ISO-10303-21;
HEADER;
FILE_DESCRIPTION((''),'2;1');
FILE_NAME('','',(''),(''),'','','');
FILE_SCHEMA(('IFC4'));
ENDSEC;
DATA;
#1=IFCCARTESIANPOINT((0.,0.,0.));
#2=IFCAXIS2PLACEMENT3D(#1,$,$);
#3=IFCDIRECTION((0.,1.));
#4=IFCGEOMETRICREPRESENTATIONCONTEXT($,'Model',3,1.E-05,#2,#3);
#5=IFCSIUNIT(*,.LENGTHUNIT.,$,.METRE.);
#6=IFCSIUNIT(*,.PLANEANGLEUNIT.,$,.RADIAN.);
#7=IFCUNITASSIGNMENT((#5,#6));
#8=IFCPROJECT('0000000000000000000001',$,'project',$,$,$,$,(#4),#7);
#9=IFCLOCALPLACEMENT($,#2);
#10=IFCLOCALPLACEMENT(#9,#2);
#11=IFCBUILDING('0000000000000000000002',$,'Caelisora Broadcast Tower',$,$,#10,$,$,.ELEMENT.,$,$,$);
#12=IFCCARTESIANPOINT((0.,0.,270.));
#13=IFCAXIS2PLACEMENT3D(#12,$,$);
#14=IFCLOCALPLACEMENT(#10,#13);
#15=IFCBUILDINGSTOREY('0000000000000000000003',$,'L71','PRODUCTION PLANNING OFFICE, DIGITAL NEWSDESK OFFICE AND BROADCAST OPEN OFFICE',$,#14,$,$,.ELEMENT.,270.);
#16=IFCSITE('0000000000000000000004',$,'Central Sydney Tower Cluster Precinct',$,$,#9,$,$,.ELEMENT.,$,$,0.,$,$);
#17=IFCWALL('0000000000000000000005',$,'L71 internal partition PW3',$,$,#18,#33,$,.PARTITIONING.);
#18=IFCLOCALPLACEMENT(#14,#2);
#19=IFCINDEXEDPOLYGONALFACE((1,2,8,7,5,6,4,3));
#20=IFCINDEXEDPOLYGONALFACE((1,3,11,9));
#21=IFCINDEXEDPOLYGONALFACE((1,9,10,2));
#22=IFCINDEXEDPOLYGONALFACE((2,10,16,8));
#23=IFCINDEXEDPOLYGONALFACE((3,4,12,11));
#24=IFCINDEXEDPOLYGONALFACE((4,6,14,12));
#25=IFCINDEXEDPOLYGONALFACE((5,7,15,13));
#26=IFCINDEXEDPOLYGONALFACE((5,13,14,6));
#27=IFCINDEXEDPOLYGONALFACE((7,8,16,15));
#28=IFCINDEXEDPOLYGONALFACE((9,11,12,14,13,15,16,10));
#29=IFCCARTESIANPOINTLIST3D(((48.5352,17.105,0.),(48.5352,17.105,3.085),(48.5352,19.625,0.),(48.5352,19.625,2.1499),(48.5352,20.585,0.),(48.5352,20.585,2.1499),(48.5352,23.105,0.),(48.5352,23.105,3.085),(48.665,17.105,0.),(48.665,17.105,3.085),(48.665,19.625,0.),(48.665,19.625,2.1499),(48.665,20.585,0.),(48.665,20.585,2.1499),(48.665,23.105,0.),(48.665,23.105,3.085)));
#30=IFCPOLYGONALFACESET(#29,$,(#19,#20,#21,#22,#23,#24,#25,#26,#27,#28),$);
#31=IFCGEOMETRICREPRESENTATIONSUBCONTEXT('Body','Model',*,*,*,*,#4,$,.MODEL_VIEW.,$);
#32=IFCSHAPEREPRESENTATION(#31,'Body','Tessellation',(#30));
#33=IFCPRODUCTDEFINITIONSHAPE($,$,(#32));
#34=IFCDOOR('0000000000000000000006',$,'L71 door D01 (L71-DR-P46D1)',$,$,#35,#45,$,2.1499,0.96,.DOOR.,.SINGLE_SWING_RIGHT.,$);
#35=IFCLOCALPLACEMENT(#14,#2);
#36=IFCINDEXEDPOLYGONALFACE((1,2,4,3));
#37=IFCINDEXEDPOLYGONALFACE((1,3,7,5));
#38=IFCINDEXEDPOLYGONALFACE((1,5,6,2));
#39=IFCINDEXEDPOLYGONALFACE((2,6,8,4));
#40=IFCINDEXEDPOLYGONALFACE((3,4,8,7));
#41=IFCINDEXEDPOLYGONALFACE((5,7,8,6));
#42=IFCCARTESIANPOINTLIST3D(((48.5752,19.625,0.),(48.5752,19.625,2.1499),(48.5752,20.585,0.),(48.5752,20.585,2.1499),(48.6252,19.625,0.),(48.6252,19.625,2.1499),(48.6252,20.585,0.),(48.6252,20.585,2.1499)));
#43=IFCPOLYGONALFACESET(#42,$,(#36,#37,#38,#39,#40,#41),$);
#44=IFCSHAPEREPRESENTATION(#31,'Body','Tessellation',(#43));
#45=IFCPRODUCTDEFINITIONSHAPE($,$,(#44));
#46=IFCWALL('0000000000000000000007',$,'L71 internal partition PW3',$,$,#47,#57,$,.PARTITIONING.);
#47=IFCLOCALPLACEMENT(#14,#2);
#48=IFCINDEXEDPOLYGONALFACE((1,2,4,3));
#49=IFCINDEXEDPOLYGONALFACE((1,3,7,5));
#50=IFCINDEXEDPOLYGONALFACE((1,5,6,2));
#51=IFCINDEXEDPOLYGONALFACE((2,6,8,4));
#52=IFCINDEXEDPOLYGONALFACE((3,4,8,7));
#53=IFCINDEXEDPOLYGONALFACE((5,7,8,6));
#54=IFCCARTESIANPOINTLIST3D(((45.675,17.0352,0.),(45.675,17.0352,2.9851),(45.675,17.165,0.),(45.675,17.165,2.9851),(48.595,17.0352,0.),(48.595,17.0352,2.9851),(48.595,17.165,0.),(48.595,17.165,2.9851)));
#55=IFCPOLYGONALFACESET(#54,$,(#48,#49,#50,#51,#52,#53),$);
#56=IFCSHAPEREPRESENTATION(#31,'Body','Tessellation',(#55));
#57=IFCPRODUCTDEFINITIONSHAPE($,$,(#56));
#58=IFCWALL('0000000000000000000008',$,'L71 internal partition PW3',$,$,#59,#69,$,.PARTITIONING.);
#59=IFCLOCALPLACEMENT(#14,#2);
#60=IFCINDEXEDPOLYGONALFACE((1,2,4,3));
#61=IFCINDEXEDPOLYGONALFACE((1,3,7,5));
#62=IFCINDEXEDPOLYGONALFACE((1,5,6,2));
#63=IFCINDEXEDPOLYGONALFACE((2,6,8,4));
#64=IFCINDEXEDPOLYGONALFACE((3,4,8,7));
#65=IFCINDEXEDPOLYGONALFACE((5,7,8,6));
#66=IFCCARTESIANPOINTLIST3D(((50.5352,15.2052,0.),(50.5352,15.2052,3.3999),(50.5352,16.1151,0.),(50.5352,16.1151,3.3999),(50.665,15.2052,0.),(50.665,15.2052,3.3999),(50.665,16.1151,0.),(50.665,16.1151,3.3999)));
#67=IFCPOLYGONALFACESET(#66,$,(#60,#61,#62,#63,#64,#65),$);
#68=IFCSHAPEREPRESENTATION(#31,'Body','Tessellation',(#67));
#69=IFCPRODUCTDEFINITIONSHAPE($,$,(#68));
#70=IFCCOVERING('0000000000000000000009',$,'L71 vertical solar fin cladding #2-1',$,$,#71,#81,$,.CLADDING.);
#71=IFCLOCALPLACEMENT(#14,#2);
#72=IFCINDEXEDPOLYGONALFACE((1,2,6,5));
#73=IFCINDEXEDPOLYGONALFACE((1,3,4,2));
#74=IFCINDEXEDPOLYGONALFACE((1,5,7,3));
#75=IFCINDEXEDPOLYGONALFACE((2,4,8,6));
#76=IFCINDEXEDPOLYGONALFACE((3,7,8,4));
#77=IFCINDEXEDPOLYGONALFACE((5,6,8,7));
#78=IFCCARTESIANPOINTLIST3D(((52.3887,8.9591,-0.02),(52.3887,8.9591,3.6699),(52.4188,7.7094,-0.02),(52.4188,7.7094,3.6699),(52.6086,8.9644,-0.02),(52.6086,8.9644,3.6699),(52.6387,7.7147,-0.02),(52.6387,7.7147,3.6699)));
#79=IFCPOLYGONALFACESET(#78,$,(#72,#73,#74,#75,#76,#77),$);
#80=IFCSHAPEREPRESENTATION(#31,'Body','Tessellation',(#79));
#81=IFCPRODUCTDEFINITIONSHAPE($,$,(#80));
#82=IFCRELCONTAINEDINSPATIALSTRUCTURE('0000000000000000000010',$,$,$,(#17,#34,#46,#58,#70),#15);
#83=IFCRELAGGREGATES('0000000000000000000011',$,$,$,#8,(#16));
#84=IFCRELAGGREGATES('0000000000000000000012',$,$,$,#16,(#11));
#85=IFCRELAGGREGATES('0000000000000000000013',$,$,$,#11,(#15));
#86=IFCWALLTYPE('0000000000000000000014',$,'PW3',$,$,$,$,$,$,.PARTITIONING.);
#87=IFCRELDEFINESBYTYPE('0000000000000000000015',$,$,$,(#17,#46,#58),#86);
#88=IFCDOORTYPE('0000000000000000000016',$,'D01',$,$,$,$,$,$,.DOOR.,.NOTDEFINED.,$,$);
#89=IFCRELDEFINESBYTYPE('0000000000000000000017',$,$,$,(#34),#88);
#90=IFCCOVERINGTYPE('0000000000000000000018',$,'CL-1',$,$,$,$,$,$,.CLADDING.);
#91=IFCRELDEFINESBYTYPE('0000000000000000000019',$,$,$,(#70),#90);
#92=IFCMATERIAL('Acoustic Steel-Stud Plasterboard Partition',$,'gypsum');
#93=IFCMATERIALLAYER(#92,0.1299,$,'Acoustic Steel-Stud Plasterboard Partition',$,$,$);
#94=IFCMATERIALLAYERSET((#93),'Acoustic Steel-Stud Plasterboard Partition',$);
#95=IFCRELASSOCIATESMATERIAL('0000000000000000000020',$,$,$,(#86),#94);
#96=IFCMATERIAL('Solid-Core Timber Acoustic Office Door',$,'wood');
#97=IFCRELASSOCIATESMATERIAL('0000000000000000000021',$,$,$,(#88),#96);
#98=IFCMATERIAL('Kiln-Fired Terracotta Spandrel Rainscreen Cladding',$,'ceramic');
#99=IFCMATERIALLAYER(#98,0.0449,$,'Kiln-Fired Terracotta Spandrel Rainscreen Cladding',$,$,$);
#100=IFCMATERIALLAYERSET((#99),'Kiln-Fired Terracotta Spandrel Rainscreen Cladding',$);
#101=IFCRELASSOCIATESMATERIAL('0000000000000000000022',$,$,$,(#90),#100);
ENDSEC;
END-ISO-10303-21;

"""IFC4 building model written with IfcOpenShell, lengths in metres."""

from ifc_helpers import new_model, si_unit, direction, frame, frame_2d, origin, origin_2d, place, context, subcontext, project, spatial, rectangle, extrude, source, transform, mapped, material, layer, layer_set, type_object, type_shapes, element, fill, save


model = new_model("IFC4")

# Units and contexts
model_context = context("Model", 3, precision=1e-05, world=origin(), true_north=direction((0.0, 1.0)))
body_context = subcontext(model_context, "Body", "Model", "MODEL_VIEW")
ifc_project = project(units=[si_unit("LENGTHUNIT", "METRE"), si_unit("PLANEANGLEUNIT", "RADIAN")], contexts=[model_context])

# Site, building, storey
site_placement = place(None, origin())
site = spatial("IfcSite", under=ifc_project, at=site_placement, Name="Central Sydney Tower Cluster Precinct", CompositionType="ELEMENT", RefElevation=0.0)
building_placement = place(site_placement, origin())
building = spatial("IfcBuilding", under=site, at=building_placement, Name="Caelisora Broadcast Tower", CompositionType="ELEMENT")
storey_placement = place(building_placement, frame((0.0, 0.0, 270.0)))
storey = spatial("IfcBuildingStorey", under=building, at=storey_placement, Name="L71", Description="PRODUCTION PLANNING OFFICE, DIGITAL NEWSDESK OFFICE AND BROADCAST OPEN OFFICE", CompositionType="ELEMENT", Elevation=270.0)

# Shared definitions
ifc_material_1 = material(Name="Acoustic Steel-Stud Plasterboard Partition", Category="gypsum")
ifc_layer_1 = layer(ifc_material_1, 0.1299, Name="Acoustic Steel-Stud Plasterboard Partition")
ifc_layer_set_1 = layer_set([ifc_layer_1], Name="Acoustic Steel-Stud Plasterboard Partition")
wall_type = type_object("IfcWallType", Name="PW3", PredefinedType="PARTITIONING", material=ifc_layer_set_1)
ifc_material_2 = material(Name="Solid-Core Timber Acoustic Office Door", Category="wood")
door_type = type_object("IfcDoorType", Name="D01", OperationType="NOTDEFINED", PredefinedType="DOOR", material=ifc_material_2)

# Wall, opening, door
wall_1_placement = place(storey_placement, frame((48.6001, 17.105, 0.0), z_axis=(0.0, 0.0, 1.0), x_axis=(0.0, 1.0, 0.0)))
wall_1 = element("IfcWall", 1, at=wall_1_placement, inside=storey, type_object=wall_type, Name="L71 internal partition PW3", PredefinedType="PARTITIONING", context=body_context, shape_type="SweptSolid", body=[
    extrude(rectangle(XDim=6.0, YDim=0.1299, at=frame_2d((3.0, 0.0))), origin(), (0.0, 0.0, 1.0), 3.085),
])
opening_1_placement = place(wall_1_placement, frame((2.52, 0.0, 0.0)))
opening_1 = element("IfcOpeningElement", 2, at=opening_1_placement, cuts=wall_1, PredefinedType="OPENING", context=body_context, shape_type="SweptSolid", body=[
    extrude(rectangle(XDim=0.96, YDim=2.1499, at=frame_2d((0.48, 1.075))), frame((0.0, 0.0769, 0.0), z_axis=(0.0, -1.0, 0.0), x_axis=(1.0, 0.0, 0.0)), (0.0, 0.0, 1.0), 0.1538),
])
door_1_placement = place(opening_1_placement, origin())
door_1 = element("IfcDoor", 3, at=door_1_placement, inside=storey, type_object=door_type, Name="L71 door D01 (L71-DR-P46D1)", OperationType="SINGLE_SWING_RIGHT", OverallHeight=2.1499, OverallWidth=0.96, PredefinedType="DOOR", context=body_context, shape_type="SweptSolid", body=[
    extrude(rectangle(XDim=0.96, YDim=2.1499, at=frame_2d((0.48, 1.075))), frame((0.0, 0.0249, 0.0), z_axis=(0.0, -1.0, 0.0), x_axis=(1.0, 0.0, 0.0)), (0.0, 0.0, 1.0), 0.05),
])
fill(opening_1, door_1)

# Walls
wall_2_placement = place(storey_placement, frame((45.675, 17.1001, 0.0), z_axis=(0.0, 0.0, 1.0), x_axis=(1.0, 0.0, 0.0)))
element("IfcWall", 4, at=wall_2_placement, inside=storey, type_object=wall_type, Name="L71 internal partition PW3", PredefinedType="PARTITIONING", context=body_context, shape_type="SweptSolid", body=[
    extrude(rectangle(XDim=2.9199, YDim=0.1299, at=frame_2d((1.46, 0.0))), origin(), (0.0, 0.0, 1.0), 2.9851),
])
wall_3_placement = place(storey_placement, frame((50.6001, 15.2051, 0.0), z_axis=(0.0, 0.0, 1.0), x_axis=(0.0, 1.0, 0.0)))
element("IfcWall", 5, at=wall_3_placement, inside=storey, type_object=wall_type, Name="L71 internal partition PW3", PredefinedType="PARTITIONING", context=body_context, shape_type="SweptSolid", body=[
    extrude(rectangle(XDim=0.9099, YDim=0.1299, at=frame_2d((0.4551, 0.0))), origin(), (0.0, 0.0, 1.0), 3.3999),
])

# Covering
ifc_material_3 = material(Name="Kiln-Fired Terracotta Spandrel Rainscreen Cladding", Category="ceramic")
ifc_layer_2 = layer(ifc_material_3, 0.0449, Name="Kiln-Fired Terracotta Spandrel Rainscreen Cladding")
ifc_layer_set_2 = layer_set([ifc_layer_2], Name="Kiln-Fired Terracotta Spandrel Rainscreen Cladding")
covering_type = type_object("IfcCoveringType", Name="CL-1", PredefinedType="CLADDING", material=ifc_layer_set_2)
shared_shape_1 = source(origin(), body_context, "Body", "SweptSolid", [
    extrude(rectangle(XDim=0.22, YDim=1.25, at=origin_2d()), origin(), (0.0, 0.0, 1.0), 3.6899),
])
type_shapes(covering_type, [shared_shape_1])
covering_placement = place(storey_placement, frame((52.5137, 8.3369, -0.02), z_axis=(0.0, 0.0, 1.0), x_axis=(-0.99971, -0.024083, 0.0)))
element("IfcCovering", 6, at=covering_placement, inside=storey, type_object=covering_type, Name="L71 vertical solar fin cladding #2-1", PredefinedType="CLADDING", context=body_context, shape_type="MappedRepresentation", body=[
    mapped(shared_shape_1, transform((0.0, 0.0, 0.0), scale=1.0)),
])

save(model, "model.ifc")
